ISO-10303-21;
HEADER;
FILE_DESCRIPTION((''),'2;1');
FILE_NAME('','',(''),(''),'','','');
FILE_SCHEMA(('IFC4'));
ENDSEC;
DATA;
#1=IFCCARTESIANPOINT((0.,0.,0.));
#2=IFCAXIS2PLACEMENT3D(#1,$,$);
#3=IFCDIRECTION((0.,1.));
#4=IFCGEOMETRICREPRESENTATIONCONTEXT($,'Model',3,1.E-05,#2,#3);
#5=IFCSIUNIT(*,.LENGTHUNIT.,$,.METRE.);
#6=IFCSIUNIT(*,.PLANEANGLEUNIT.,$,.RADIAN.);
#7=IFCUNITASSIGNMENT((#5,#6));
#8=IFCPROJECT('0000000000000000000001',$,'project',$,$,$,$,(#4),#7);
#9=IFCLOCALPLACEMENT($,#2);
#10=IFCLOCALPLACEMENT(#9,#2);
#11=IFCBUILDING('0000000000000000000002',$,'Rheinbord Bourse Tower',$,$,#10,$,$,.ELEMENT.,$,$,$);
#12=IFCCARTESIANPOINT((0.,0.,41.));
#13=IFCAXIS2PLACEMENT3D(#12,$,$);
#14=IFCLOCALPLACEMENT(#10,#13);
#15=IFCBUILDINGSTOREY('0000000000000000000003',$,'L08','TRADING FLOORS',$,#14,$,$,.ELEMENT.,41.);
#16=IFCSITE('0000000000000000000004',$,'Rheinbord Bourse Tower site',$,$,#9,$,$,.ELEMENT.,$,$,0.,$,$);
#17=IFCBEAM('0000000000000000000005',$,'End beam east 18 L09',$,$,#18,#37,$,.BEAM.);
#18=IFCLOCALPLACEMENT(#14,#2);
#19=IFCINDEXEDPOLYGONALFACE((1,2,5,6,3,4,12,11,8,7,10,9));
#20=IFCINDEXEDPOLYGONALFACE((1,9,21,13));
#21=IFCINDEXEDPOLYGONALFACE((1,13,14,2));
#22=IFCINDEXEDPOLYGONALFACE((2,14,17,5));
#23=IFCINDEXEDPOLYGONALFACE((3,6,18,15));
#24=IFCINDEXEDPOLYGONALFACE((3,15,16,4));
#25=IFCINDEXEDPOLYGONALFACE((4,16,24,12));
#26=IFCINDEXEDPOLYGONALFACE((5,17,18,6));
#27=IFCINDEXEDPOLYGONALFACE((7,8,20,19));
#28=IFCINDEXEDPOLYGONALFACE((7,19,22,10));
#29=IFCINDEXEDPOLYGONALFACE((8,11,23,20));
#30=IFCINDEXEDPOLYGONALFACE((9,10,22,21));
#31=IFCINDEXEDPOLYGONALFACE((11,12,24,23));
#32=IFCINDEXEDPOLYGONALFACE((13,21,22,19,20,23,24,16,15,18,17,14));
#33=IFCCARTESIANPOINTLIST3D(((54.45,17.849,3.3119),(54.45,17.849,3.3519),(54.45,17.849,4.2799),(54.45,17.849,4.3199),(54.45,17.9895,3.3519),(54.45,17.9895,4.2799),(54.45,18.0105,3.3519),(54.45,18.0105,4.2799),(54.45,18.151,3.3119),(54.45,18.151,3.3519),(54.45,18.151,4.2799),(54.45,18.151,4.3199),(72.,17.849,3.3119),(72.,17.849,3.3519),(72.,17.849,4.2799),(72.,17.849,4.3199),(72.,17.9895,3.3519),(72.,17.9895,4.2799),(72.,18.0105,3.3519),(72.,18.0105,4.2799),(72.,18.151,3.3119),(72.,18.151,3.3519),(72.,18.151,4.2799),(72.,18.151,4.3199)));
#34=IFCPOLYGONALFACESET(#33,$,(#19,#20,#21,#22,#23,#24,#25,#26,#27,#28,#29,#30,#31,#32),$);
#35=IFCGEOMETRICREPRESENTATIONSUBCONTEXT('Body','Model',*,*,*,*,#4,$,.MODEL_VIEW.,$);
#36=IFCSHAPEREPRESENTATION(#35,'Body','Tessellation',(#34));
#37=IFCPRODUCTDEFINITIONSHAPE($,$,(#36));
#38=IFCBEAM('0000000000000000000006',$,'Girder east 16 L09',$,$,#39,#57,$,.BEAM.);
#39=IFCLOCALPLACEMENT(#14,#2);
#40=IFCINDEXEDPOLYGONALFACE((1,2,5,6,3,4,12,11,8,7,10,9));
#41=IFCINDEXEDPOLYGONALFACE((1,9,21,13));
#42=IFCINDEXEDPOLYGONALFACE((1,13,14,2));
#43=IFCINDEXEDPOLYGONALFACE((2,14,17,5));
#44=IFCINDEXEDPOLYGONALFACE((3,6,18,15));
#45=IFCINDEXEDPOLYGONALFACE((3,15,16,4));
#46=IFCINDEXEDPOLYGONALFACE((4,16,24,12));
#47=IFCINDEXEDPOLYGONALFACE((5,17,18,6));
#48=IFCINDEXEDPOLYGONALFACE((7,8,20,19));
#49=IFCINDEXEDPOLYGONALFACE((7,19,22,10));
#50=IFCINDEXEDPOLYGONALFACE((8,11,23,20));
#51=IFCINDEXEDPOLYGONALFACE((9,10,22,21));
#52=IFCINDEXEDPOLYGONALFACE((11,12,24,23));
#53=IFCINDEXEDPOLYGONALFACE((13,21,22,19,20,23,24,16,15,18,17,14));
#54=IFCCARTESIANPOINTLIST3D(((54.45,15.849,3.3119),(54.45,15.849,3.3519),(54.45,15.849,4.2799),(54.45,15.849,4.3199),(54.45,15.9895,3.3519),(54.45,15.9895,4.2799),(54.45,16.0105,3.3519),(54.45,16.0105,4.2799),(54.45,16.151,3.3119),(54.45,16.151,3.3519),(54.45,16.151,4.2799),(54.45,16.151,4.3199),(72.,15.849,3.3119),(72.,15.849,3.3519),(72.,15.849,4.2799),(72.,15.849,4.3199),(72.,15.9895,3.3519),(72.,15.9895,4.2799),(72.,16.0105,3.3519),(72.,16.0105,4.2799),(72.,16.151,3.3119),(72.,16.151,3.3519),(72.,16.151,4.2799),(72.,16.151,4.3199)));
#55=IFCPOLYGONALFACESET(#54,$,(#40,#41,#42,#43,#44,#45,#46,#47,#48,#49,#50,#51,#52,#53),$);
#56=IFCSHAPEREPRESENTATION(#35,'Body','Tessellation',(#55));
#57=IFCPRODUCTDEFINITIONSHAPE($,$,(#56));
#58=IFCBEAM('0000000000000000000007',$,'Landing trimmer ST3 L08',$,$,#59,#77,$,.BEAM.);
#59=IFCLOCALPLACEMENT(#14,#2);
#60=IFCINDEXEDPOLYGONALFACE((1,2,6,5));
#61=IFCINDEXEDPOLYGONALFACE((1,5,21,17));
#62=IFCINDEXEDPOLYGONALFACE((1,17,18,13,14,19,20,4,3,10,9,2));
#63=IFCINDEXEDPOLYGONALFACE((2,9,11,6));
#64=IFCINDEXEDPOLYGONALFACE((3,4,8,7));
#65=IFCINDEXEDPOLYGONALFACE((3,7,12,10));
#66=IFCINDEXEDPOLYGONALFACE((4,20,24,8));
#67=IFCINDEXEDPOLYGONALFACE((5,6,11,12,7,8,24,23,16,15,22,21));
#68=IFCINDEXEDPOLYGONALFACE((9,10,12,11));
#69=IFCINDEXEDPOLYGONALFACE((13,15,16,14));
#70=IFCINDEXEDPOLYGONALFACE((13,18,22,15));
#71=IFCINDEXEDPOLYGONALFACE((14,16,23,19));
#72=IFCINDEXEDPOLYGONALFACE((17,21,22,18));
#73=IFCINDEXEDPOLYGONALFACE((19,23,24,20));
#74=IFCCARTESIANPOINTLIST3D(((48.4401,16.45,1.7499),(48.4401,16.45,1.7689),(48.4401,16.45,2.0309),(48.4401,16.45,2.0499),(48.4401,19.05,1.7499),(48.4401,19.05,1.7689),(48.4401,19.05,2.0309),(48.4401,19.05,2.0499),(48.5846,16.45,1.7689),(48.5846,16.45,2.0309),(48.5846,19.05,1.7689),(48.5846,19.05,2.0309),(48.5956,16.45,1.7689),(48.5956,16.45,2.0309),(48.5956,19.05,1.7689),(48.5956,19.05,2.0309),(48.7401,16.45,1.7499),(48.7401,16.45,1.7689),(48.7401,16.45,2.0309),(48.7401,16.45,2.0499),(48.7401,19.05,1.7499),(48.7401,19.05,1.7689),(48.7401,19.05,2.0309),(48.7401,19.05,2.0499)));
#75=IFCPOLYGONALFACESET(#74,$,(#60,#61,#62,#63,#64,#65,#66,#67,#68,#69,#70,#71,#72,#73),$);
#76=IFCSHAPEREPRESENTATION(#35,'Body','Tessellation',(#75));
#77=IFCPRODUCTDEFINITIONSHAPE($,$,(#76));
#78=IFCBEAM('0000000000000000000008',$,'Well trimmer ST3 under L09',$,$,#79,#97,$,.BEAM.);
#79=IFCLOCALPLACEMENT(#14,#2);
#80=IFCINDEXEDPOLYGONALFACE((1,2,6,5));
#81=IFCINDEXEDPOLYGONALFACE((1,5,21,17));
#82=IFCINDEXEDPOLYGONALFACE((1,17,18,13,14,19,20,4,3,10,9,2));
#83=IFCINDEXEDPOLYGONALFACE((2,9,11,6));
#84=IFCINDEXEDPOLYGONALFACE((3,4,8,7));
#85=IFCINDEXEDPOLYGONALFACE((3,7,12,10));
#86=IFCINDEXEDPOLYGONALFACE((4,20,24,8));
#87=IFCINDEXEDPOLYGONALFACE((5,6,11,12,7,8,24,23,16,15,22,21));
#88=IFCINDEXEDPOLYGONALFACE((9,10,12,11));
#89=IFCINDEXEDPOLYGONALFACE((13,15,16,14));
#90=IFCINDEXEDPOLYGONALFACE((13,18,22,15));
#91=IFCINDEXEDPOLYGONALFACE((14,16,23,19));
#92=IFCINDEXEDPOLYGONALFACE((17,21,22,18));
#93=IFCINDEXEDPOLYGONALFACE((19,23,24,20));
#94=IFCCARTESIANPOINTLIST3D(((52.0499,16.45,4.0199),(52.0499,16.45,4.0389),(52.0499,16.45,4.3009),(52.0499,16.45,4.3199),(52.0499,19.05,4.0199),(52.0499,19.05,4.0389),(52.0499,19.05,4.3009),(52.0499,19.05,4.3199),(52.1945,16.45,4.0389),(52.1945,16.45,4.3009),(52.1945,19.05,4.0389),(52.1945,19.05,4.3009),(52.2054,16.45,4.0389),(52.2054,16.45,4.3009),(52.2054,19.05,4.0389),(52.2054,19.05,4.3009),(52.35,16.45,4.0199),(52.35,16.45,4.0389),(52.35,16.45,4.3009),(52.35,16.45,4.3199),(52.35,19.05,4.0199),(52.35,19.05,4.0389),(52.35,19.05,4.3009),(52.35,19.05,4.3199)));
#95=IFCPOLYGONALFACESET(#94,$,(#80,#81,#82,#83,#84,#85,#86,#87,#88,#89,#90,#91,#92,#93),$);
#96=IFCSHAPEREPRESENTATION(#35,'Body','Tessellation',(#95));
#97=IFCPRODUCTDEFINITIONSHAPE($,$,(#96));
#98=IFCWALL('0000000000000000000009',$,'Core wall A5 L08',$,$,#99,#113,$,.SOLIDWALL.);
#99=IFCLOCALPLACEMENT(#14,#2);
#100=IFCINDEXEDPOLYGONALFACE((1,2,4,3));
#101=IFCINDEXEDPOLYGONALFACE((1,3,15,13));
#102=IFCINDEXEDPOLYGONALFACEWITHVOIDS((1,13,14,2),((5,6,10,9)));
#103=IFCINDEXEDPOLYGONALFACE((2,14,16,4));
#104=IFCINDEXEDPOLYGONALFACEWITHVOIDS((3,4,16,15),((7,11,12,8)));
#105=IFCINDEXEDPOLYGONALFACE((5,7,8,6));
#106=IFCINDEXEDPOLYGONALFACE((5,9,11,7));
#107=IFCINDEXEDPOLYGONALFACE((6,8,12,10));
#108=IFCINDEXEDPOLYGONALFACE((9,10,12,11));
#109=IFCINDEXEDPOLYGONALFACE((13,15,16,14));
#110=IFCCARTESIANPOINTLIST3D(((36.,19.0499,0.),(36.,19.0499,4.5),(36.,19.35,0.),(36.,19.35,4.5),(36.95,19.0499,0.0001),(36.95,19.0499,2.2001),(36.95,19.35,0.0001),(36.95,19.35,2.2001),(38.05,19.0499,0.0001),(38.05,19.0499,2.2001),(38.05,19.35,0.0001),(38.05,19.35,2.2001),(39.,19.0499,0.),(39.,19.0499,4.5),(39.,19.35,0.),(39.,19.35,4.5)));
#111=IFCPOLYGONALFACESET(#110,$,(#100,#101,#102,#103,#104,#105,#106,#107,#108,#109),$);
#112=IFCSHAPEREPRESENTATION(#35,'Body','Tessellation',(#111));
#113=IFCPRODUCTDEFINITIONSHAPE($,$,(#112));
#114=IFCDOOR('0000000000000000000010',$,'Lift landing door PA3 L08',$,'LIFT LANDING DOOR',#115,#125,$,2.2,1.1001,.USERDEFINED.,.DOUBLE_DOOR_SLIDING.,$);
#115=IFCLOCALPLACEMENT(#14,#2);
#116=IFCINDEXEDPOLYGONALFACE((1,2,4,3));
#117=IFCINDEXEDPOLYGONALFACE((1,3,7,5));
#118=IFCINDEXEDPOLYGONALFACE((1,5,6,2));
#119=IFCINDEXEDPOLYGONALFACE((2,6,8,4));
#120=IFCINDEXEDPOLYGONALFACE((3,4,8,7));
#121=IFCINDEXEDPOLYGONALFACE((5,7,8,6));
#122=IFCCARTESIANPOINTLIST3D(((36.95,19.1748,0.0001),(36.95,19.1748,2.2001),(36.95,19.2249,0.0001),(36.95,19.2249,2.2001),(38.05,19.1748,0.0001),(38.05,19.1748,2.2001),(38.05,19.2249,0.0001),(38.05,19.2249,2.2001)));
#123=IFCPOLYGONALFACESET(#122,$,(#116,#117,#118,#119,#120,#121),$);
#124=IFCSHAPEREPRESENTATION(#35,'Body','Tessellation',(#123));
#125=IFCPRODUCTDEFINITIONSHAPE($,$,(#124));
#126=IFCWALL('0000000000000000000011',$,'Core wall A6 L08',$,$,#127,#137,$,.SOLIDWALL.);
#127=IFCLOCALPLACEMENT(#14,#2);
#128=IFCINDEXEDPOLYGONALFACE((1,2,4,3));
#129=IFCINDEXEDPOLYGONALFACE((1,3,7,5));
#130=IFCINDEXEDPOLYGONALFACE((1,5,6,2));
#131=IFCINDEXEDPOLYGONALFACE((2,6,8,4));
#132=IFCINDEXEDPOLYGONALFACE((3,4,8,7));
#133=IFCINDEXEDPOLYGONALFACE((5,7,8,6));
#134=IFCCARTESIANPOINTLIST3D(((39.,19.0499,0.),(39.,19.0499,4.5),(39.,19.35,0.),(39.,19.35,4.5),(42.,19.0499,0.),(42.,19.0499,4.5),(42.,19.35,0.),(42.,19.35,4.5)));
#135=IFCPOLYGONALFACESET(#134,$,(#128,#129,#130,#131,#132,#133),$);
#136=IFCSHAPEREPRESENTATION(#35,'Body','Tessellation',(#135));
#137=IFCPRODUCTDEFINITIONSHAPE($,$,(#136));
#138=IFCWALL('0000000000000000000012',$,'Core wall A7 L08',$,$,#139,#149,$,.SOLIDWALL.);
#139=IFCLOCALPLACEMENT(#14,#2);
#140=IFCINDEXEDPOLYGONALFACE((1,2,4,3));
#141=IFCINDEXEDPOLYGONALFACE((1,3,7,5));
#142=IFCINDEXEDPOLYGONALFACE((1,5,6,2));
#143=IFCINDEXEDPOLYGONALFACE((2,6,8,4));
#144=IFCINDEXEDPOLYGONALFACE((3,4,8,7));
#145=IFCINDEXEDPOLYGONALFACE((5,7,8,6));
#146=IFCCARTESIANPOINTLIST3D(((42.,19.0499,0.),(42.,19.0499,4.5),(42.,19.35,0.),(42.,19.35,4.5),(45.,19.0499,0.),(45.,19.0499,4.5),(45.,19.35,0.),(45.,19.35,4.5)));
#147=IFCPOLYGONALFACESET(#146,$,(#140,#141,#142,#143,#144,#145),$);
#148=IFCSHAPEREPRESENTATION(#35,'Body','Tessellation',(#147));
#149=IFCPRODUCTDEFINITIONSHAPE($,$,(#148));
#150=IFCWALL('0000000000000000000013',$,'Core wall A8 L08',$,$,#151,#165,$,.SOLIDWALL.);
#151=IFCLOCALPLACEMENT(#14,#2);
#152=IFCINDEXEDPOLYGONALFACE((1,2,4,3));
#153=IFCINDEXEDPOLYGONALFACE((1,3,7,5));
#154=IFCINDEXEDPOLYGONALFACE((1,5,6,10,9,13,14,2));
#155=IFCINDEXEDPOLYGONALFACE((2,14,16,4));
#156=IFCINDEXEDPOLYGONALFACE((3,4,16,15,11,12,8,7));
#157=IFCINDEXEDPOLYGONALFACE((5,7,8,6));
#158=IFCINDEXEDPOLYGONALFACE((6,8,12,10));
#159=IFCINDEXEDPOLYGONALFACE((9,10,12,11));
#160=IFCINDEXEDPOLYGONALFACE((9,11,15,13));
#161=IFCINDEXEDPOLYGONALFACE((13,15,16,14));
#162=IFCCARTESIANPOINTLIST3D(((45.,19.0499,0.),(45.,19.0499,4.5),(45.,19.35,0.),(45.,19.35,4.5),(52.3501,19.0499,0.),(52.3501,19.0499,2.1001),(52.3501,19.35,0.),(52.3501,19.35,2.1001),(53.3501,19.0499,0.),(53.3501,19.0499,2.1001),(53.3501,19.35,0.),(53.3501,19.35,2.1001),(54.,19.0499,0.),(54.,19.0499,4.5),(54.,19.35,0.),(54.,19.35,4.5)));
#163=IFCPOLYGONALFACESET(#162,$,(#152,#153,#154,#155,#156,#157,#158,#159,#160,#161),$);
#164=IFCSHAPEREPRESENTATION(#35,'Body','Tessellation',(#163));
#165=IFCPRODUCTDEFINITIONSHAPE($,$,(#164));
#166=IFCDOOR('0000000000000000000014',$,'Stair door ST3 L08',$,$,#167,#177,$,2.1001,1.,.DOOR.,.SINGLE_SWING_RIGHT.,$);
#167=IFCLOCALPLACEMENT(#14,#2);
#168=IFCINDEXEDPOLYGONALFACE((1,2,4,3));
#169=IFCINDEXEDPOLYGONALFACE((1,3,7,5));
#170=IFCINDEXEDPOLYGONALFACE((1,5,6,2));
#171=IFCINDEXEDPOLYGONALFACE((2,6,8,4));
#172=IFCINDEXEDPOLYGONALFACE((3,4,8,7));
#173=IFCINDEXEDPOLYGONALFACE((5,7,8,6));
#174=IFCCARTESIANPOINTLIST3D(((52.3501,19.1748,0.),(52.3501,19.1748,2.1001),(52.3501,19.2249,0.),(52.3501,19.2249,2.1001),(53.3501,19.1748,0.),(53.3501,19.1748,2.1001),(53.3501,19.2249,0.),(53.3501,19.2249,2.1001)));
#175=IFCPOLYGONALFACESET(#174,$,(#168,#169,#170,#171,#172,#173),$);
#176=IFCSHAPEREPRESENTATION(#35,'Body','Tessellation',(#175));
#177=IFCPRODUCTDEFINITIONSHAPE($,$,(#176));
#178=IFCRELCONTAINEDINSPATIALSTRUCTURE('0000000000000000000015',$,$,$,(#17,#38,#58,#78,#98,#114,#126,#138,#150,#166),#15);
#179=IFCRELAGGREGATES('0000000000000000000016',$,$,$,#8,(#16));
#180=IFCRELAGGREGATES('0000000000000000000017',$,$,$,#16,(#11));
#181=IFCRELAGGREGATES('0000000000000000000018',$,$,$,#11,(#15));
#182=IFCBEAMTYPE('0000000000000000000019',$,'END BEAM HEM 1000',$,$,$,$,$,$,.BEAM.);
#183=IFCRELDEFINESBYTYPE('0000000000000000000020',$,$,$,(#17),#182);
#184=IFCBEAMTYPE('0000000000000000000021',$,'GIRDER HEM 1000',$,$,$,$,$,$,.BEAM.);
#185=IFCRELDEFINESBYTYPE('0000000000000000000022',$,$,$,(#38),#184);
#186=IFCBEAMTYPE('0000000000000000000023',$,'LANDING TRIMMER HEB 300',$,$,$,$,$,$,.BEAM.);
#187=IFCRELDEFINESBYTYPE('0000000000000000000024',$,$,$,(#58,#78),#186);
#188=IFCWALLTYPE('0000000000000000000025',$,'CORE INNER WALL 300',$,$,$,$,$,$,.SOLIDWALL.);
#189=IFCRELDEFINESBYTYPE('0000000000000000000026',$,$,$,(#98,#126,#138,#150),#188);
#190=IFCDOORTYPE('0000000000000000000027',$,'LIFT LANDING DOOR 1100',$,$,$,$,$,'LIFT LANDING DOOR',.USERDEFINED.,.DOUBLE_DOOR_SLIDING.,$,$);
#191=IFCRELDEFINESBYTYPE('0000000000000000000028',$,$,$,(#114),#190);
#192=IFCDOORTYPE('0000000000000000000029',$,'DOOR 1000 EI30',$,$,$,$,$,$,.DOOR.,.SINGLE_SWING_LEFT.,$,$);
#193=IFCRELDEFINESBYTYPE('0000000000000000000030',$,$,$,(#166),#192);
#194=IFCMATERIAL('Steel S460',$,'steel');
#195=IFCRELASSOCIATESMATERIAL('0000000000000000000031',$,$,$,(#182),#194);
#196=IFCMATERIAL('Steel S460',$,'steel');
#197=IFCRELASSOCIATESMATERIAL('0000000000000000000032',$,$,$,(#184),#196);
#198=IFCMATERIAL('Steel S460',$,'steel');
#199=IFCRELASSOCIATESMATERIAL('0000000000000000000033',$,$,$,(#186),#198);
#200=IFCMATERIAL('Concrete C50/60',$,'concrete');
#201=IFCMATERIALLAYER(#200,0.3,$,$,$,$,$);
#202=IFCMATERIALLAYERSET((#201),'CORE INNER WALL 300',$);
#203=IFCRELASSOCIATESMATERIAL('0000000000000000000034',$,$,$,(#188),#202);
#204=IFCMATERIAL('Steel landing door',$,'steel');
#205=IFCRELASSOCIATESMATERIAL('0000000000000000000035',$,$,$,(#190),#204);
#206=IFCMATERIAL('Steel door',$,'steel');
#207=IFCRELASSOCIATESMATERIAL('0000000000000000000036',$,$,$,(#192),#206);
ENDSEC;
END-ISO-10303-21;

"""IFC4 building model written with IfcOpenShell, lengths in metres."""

from ifc_helpers import new_model, si_unit, direction, frame, frame_2d, origin, origin_2d, place, context, subcontext, project, spatial, rectangle, i_section, extrude, material, layer, layer_set, material_profile, profile_set, type_object, element, fill, save


model = new_model("IFC4")

# Units and contexts
model_context = context("Model", 3, precision=1e-05, world=origin(), true_north=direction((0.0, 1.0)))
body_context = subcontext(model_context, "Body", "Model", "MODEL_VIEW")
ifc_project = project(units=[si_unit("LENGTHUNIT", "METRE"), si_unit("PLANEANGLEUNIT", "RADIAN")], contexts=[model_context])

# Site, building, storey
site_placement = place(None, origin())
site = spatial("IfcSite", under=ifc_project, at=site_placement, Name="Rheinbord Bourse Tower site", CompositionType="ELEMENT", RefElevation=0.0)
building_placement = place(site_placement, origin())
building = spatial("IfcBuilding", under=site, at=building_placement, Name="Rheinbord Bourse Tower", CompositionType="ELEMENT")
storey_placement = place(building_placement, frame((0.0, 0.0, 41.0)))
storey = spatial("IfcBuildingStorey", under=building, at=storey_placement, Name="L08", Description="TRADING FLOORS", CompositionType="ELEMENT", Elevation=41.0)

# Beams
ifc_material_1 = material(Name="Steel S460", Category="steel")
ifc_material_profile_1 = material_profile(ifc_material_1, i_section(OverallWidth=0.302, OverallDepth=1.0081, WebThickness=0.021, FlangeThickness=0.04, at=origin_2d()), Name="HEM 1000")
ifc_profile_set_1 = profile_set([ifc_material_profile_1], Name="Steel S460")
beam_type_1 = type_object("IfcBeamType", Name="END BEAM HEM 1000", PredefinedType="BEAM", material=ifc_profile_set_1)
beam_1_placement = place(storey_placement, frame((54.45, 18.0, 3.8159), z_axis=(1.0, 0.0, 0.0), x_axis=(0.0, 1.0, 0.0)))
element("IfcBeam", 1, at=beam_1_placement, inside=storey, type_object=beam_type_1, Name="End beam east 18 L09", PredefinedType="BEAM", context=body_context, shape_type="SweptSolid", body=[
    extrude(i_section(OverallWidth=0.302, OverallDepth=1.0081, WebThickness=0.021, FlangeThickness=0.04, at=origin_2d()), origin(), (0.0, 0.0, 1.0), 17.55),
])
ifc_material_2 = material(Name="Steel S460", Category="steel")
ifc_material_profile_2 = material_profile(ifc_material_2, i_section(OverallWidth=0.302, OverallDepth=1.0081, WebThickness=0.021, FlangeThickness=0.04, at=origin_2d()), Name="HEM 1000")
ifc_profile_set_2 = profile_set([ifc_material_profile_2], Name="Steel S460")
beam_type_2 = type_object("IfcBeamType", Name="GIRDER HEM 1000", PredefinedType="BEAM", material=ifc_profile_set_2)
beam_2_placement = place(storey_placement, frame((54.45, 16.0, 3.8159), z_axis=(1.0, 0.0, 0.0), x_axis=(0.0, 1.0, 0.0)))
element("IfcBeam", 2, at=beam_2_placement, inside=storey, type_object=beam_type_2, Name="Girder east 16 L09", PredefinedType="BEAM", context=body_context, shape_type="SweptSolid", body=[
    extrude(i_section(OverallWidth=0.302, OverallDepth=1.0081, WebThickness=0.021, FlangeThickness=0.04, at=origin_2d()), origin(), (0.0, 0.0, 1.0), 17.55),
])
ifc_material_3 = material(Name="Steel S460", Category="steel")
ifc_material_profile_3 = material_profile(ifc_material_3, i_section(OverallWidth=0.3, OverallDepth=0.3, WebThickness=0.011, FlangeThickness=0.019, at=origin_2d()), Name="HEB 300")
ifc_profile_set_3 = profile_set([ifc_material_profile_3], Name="Steel S460")
beam_type_3 = type_object("IfcBeamType", Name="LANDING TRIMMER HEB 300", PredefinedType="BEAM", material=ifc_profile_set_3)
for number, where, z_axis, x_axis, name in (
    (3, (48.5901, 16.45, 1.8999), (0.0, 1.0, 0.0), (-1.0, 0.0, 0.0), "Landing trimmer ST3 L08"),
    (4, (52.2, 16.45, 4.1699), (0.0, 1.0, 0.0), (-1.0, 0.0, 0.0), "Well trimmer ST3 under L09"),
):
    element("IfcBeam", number, at=place(storey_placement, frame(where, z_axis=z_axis, x_axis=x_axis)), inside=storey, type_object=beam_type_3, Name=name, PredefinedType="BEAM", context=body_context, shape_type="SweptSolid", body=[
        extrude(i_section(OverallWidth=0.3, OverallDepth=0.3, WebThickness=0.011, FlangeThickness=0.019, at=origin_2d()), origin(), (0.0, 0.0, 1.0), 2.6001),
    ])

# Wall, opening, door
ifc_material_4 = material(Name="Concrete C50/60", Category="concrete")
ifc_layer_1 = layer(ifc_material_4, 0.3)
ifc_layer_set_1 = layer_set([ifc_layer_1], Name="CORE INNER WALL 300")
wall_type_1 = type_object("IfcWallType", Name="CORE INNER WALL 300", PredefinedType="SOLIDWALL", material=ifc_layer_set_1)
wall_1_placement = place(storey_placement, frame((36.0, 19.2, 0.0), z_axis=(0.0, 0.0, 1.0), x_axis=(1.0, 0.0, 0.0)))
wall_1 = element("IfcWall", 5, at=wall_1_placement, inside=storey, type_object=wall_type_1, Name="Core wall A5 L08", PredefinedType="SOLIDWALL", context=body_context, shape_type="SweptSolid", body=[
    extrude(rectangle(XDim=3.0, YDim=0.3, at=frame_2d((1.5, 0.0))), origin(), (0.0, 0.0, 1.0), 4.5),
])
opening_1_placement = place(wall_1_placement, frame((0.95, 0.0, 0.0)))
opening_1 = element("IfcOpeningElement", 6, at=opening_1_placement, cuts=wall_1, PredefinedType="OPENING", context=body_context, shape_type="SweptSolid", body=[
    extrude(rectangle(XDim=1.1001, YDim=2.2, at=frame_2d((0.55, 1.1001))), frame((0.0, 0.1599, 0.0), z_axis=(0.0, -1.0, 0.0), x_axis=(1.0, 0.0, 0.0)), (0.0, 0.0, 1.0), 0.3201),
])
ifc_material_5 = material(Name="Steel landing door", Category="steel")
door_type_1 = type_object("IfcDoorType", Name="LIFT LANDING DOOR 1100", ElementType="LIFT LANDING DOOR", OperationType="DOUBLE_DOOR_SLIDING", PredefinedType="USERDEFINED", material=ifc_material_5)
door_1_placement = place(opening_1_placement, origin())
door_1 = element("IfcDoor", 7, at=door_1_placement, inside=storey, type_object=door_type_1, Name="Lift landing door PA3 L08", ObjectType="LIFT LANDING DOOR", OperationType="DOUBLE_DOOR_SLIDING", OverallHeight=2.2, OverallWidth=1.1001, PredefinedType="USERDEFINED", context=body_context, shape_type="SweptSolid", body=[
    extrude(rectangle(XDim=1.1001, YDim=2.2, at=frame_2d((0.55, 1.1001))), frame((0.0, 0.0249, 0.0), z_axis=(0.0, -1.0, 0.0), x_axis=(1.0, 0.0, 0.0)), (0.0, 0.0, 1.0), 0.05),
])
fill(opening_1, door_1)

# Walls
for number, where, z_axis, x_axis, name in (
    (8, (39.0, 19.2, 0.0), (0.0, 0.0, 1.0), (1.0, 0.0, 0.0), "Core wall A6 L08"),
    (9, (42.0, 19.2, 0.0), (0.0, 0.0, 1.0), (1.0, 0.0, 0.0), "Core wall A7 L08"),
):
    element("IfcWall", number, at=place(storey_placement, frame(where, z_axis=z_axis, x_axis=x_axis)), inside=storey, type_object=wall_type_1, Name=name, PredefinedType="SOLIDWALL", context=body_context, shape_type="SweptSolid", body=[
        extrude(rectangle(XDim=3.0, YDim=0.3, at=frame_2d((1.5, 0.0))), origin(), (0.0, 0.0, 1.0), 4.5),
    ])

# Wall, opening, door
wall_2_placement = place(storey_placement, frame((45.0, 19.2, 0.0), z_axis=(0.0, 0.0, 1.0), x_axis=(1.0, 0.0, 0.0)))
wall_2 = element("IfcWall", 10, at=wall_2_placement, inside=storey, type_object=wall_type_1, Name="Core wall A8 L08", PredefinedType="SOLIDWALL", context=body_context, shape_type="SweptSolid", body=[
    extrude(rectangle(XDim=9.0, YDim=0.3, at=frame_2d((4.5, 0.0))), origin(), (0.0, 0.0, 1.0), 4.5),
])
opening_2_placement = place(wall_2_placement, frame((7.3501, 0.0, 0.0)))
opening_2 = element("IfcOpeningElement", 11, at=opening_2_placement, cuts=wall_2, PredefinedType="OPENING", context=body_context, shape_type="SweptSolid", body=[
    extrude(rectangle(XDim=1.0, YDim=2.1001, at=frame_2d((0.5, 1.05))), frame((0.0, 0.1599, 0.0), z_axis=(0.0, -1.0, 0.0), x_axis=(1.0, 0.0, 0.0)), (0.0, 0.0, 1.0), 0.3201),
])
ifc_material_6 = material(Name="Steel door", Category="steel")
door_type_2 = type_object("IfcDoorType", Name="DOOR 1000 EI30", OperationType="SINGLE_SWING_LEFT", PredefinedType="DOOR", material=ifc_material_6)
door_2_placement = place(opening_2_placement, origin())
door_2 = element("IfcDoor", 12, at=door_2_placement, inside=storey, type_object=door_type_2, Name="Stair door ST3 L08", OperationType="SINGLE_SWING_RIGHT", OverallHeight=2.1001, OverallWidth=1.0, PredefinedType="DOOR", context=body_context, shape_type="SweptSolid", body=[
    extrude(rectangle(XDim=1.0, YDim=2.1001, at=frame_2d((0.5, 1.05))), frame((0.0, 0.0249, 0.0), z_axis=(0.0, -1.0, 0.0), x_axis=(1.0, 0.0, 0.0)), (0.0, 0.0, 1.0), 0.05),
])
fill(opening_2, door_2)

save(model, "model.ifc")
